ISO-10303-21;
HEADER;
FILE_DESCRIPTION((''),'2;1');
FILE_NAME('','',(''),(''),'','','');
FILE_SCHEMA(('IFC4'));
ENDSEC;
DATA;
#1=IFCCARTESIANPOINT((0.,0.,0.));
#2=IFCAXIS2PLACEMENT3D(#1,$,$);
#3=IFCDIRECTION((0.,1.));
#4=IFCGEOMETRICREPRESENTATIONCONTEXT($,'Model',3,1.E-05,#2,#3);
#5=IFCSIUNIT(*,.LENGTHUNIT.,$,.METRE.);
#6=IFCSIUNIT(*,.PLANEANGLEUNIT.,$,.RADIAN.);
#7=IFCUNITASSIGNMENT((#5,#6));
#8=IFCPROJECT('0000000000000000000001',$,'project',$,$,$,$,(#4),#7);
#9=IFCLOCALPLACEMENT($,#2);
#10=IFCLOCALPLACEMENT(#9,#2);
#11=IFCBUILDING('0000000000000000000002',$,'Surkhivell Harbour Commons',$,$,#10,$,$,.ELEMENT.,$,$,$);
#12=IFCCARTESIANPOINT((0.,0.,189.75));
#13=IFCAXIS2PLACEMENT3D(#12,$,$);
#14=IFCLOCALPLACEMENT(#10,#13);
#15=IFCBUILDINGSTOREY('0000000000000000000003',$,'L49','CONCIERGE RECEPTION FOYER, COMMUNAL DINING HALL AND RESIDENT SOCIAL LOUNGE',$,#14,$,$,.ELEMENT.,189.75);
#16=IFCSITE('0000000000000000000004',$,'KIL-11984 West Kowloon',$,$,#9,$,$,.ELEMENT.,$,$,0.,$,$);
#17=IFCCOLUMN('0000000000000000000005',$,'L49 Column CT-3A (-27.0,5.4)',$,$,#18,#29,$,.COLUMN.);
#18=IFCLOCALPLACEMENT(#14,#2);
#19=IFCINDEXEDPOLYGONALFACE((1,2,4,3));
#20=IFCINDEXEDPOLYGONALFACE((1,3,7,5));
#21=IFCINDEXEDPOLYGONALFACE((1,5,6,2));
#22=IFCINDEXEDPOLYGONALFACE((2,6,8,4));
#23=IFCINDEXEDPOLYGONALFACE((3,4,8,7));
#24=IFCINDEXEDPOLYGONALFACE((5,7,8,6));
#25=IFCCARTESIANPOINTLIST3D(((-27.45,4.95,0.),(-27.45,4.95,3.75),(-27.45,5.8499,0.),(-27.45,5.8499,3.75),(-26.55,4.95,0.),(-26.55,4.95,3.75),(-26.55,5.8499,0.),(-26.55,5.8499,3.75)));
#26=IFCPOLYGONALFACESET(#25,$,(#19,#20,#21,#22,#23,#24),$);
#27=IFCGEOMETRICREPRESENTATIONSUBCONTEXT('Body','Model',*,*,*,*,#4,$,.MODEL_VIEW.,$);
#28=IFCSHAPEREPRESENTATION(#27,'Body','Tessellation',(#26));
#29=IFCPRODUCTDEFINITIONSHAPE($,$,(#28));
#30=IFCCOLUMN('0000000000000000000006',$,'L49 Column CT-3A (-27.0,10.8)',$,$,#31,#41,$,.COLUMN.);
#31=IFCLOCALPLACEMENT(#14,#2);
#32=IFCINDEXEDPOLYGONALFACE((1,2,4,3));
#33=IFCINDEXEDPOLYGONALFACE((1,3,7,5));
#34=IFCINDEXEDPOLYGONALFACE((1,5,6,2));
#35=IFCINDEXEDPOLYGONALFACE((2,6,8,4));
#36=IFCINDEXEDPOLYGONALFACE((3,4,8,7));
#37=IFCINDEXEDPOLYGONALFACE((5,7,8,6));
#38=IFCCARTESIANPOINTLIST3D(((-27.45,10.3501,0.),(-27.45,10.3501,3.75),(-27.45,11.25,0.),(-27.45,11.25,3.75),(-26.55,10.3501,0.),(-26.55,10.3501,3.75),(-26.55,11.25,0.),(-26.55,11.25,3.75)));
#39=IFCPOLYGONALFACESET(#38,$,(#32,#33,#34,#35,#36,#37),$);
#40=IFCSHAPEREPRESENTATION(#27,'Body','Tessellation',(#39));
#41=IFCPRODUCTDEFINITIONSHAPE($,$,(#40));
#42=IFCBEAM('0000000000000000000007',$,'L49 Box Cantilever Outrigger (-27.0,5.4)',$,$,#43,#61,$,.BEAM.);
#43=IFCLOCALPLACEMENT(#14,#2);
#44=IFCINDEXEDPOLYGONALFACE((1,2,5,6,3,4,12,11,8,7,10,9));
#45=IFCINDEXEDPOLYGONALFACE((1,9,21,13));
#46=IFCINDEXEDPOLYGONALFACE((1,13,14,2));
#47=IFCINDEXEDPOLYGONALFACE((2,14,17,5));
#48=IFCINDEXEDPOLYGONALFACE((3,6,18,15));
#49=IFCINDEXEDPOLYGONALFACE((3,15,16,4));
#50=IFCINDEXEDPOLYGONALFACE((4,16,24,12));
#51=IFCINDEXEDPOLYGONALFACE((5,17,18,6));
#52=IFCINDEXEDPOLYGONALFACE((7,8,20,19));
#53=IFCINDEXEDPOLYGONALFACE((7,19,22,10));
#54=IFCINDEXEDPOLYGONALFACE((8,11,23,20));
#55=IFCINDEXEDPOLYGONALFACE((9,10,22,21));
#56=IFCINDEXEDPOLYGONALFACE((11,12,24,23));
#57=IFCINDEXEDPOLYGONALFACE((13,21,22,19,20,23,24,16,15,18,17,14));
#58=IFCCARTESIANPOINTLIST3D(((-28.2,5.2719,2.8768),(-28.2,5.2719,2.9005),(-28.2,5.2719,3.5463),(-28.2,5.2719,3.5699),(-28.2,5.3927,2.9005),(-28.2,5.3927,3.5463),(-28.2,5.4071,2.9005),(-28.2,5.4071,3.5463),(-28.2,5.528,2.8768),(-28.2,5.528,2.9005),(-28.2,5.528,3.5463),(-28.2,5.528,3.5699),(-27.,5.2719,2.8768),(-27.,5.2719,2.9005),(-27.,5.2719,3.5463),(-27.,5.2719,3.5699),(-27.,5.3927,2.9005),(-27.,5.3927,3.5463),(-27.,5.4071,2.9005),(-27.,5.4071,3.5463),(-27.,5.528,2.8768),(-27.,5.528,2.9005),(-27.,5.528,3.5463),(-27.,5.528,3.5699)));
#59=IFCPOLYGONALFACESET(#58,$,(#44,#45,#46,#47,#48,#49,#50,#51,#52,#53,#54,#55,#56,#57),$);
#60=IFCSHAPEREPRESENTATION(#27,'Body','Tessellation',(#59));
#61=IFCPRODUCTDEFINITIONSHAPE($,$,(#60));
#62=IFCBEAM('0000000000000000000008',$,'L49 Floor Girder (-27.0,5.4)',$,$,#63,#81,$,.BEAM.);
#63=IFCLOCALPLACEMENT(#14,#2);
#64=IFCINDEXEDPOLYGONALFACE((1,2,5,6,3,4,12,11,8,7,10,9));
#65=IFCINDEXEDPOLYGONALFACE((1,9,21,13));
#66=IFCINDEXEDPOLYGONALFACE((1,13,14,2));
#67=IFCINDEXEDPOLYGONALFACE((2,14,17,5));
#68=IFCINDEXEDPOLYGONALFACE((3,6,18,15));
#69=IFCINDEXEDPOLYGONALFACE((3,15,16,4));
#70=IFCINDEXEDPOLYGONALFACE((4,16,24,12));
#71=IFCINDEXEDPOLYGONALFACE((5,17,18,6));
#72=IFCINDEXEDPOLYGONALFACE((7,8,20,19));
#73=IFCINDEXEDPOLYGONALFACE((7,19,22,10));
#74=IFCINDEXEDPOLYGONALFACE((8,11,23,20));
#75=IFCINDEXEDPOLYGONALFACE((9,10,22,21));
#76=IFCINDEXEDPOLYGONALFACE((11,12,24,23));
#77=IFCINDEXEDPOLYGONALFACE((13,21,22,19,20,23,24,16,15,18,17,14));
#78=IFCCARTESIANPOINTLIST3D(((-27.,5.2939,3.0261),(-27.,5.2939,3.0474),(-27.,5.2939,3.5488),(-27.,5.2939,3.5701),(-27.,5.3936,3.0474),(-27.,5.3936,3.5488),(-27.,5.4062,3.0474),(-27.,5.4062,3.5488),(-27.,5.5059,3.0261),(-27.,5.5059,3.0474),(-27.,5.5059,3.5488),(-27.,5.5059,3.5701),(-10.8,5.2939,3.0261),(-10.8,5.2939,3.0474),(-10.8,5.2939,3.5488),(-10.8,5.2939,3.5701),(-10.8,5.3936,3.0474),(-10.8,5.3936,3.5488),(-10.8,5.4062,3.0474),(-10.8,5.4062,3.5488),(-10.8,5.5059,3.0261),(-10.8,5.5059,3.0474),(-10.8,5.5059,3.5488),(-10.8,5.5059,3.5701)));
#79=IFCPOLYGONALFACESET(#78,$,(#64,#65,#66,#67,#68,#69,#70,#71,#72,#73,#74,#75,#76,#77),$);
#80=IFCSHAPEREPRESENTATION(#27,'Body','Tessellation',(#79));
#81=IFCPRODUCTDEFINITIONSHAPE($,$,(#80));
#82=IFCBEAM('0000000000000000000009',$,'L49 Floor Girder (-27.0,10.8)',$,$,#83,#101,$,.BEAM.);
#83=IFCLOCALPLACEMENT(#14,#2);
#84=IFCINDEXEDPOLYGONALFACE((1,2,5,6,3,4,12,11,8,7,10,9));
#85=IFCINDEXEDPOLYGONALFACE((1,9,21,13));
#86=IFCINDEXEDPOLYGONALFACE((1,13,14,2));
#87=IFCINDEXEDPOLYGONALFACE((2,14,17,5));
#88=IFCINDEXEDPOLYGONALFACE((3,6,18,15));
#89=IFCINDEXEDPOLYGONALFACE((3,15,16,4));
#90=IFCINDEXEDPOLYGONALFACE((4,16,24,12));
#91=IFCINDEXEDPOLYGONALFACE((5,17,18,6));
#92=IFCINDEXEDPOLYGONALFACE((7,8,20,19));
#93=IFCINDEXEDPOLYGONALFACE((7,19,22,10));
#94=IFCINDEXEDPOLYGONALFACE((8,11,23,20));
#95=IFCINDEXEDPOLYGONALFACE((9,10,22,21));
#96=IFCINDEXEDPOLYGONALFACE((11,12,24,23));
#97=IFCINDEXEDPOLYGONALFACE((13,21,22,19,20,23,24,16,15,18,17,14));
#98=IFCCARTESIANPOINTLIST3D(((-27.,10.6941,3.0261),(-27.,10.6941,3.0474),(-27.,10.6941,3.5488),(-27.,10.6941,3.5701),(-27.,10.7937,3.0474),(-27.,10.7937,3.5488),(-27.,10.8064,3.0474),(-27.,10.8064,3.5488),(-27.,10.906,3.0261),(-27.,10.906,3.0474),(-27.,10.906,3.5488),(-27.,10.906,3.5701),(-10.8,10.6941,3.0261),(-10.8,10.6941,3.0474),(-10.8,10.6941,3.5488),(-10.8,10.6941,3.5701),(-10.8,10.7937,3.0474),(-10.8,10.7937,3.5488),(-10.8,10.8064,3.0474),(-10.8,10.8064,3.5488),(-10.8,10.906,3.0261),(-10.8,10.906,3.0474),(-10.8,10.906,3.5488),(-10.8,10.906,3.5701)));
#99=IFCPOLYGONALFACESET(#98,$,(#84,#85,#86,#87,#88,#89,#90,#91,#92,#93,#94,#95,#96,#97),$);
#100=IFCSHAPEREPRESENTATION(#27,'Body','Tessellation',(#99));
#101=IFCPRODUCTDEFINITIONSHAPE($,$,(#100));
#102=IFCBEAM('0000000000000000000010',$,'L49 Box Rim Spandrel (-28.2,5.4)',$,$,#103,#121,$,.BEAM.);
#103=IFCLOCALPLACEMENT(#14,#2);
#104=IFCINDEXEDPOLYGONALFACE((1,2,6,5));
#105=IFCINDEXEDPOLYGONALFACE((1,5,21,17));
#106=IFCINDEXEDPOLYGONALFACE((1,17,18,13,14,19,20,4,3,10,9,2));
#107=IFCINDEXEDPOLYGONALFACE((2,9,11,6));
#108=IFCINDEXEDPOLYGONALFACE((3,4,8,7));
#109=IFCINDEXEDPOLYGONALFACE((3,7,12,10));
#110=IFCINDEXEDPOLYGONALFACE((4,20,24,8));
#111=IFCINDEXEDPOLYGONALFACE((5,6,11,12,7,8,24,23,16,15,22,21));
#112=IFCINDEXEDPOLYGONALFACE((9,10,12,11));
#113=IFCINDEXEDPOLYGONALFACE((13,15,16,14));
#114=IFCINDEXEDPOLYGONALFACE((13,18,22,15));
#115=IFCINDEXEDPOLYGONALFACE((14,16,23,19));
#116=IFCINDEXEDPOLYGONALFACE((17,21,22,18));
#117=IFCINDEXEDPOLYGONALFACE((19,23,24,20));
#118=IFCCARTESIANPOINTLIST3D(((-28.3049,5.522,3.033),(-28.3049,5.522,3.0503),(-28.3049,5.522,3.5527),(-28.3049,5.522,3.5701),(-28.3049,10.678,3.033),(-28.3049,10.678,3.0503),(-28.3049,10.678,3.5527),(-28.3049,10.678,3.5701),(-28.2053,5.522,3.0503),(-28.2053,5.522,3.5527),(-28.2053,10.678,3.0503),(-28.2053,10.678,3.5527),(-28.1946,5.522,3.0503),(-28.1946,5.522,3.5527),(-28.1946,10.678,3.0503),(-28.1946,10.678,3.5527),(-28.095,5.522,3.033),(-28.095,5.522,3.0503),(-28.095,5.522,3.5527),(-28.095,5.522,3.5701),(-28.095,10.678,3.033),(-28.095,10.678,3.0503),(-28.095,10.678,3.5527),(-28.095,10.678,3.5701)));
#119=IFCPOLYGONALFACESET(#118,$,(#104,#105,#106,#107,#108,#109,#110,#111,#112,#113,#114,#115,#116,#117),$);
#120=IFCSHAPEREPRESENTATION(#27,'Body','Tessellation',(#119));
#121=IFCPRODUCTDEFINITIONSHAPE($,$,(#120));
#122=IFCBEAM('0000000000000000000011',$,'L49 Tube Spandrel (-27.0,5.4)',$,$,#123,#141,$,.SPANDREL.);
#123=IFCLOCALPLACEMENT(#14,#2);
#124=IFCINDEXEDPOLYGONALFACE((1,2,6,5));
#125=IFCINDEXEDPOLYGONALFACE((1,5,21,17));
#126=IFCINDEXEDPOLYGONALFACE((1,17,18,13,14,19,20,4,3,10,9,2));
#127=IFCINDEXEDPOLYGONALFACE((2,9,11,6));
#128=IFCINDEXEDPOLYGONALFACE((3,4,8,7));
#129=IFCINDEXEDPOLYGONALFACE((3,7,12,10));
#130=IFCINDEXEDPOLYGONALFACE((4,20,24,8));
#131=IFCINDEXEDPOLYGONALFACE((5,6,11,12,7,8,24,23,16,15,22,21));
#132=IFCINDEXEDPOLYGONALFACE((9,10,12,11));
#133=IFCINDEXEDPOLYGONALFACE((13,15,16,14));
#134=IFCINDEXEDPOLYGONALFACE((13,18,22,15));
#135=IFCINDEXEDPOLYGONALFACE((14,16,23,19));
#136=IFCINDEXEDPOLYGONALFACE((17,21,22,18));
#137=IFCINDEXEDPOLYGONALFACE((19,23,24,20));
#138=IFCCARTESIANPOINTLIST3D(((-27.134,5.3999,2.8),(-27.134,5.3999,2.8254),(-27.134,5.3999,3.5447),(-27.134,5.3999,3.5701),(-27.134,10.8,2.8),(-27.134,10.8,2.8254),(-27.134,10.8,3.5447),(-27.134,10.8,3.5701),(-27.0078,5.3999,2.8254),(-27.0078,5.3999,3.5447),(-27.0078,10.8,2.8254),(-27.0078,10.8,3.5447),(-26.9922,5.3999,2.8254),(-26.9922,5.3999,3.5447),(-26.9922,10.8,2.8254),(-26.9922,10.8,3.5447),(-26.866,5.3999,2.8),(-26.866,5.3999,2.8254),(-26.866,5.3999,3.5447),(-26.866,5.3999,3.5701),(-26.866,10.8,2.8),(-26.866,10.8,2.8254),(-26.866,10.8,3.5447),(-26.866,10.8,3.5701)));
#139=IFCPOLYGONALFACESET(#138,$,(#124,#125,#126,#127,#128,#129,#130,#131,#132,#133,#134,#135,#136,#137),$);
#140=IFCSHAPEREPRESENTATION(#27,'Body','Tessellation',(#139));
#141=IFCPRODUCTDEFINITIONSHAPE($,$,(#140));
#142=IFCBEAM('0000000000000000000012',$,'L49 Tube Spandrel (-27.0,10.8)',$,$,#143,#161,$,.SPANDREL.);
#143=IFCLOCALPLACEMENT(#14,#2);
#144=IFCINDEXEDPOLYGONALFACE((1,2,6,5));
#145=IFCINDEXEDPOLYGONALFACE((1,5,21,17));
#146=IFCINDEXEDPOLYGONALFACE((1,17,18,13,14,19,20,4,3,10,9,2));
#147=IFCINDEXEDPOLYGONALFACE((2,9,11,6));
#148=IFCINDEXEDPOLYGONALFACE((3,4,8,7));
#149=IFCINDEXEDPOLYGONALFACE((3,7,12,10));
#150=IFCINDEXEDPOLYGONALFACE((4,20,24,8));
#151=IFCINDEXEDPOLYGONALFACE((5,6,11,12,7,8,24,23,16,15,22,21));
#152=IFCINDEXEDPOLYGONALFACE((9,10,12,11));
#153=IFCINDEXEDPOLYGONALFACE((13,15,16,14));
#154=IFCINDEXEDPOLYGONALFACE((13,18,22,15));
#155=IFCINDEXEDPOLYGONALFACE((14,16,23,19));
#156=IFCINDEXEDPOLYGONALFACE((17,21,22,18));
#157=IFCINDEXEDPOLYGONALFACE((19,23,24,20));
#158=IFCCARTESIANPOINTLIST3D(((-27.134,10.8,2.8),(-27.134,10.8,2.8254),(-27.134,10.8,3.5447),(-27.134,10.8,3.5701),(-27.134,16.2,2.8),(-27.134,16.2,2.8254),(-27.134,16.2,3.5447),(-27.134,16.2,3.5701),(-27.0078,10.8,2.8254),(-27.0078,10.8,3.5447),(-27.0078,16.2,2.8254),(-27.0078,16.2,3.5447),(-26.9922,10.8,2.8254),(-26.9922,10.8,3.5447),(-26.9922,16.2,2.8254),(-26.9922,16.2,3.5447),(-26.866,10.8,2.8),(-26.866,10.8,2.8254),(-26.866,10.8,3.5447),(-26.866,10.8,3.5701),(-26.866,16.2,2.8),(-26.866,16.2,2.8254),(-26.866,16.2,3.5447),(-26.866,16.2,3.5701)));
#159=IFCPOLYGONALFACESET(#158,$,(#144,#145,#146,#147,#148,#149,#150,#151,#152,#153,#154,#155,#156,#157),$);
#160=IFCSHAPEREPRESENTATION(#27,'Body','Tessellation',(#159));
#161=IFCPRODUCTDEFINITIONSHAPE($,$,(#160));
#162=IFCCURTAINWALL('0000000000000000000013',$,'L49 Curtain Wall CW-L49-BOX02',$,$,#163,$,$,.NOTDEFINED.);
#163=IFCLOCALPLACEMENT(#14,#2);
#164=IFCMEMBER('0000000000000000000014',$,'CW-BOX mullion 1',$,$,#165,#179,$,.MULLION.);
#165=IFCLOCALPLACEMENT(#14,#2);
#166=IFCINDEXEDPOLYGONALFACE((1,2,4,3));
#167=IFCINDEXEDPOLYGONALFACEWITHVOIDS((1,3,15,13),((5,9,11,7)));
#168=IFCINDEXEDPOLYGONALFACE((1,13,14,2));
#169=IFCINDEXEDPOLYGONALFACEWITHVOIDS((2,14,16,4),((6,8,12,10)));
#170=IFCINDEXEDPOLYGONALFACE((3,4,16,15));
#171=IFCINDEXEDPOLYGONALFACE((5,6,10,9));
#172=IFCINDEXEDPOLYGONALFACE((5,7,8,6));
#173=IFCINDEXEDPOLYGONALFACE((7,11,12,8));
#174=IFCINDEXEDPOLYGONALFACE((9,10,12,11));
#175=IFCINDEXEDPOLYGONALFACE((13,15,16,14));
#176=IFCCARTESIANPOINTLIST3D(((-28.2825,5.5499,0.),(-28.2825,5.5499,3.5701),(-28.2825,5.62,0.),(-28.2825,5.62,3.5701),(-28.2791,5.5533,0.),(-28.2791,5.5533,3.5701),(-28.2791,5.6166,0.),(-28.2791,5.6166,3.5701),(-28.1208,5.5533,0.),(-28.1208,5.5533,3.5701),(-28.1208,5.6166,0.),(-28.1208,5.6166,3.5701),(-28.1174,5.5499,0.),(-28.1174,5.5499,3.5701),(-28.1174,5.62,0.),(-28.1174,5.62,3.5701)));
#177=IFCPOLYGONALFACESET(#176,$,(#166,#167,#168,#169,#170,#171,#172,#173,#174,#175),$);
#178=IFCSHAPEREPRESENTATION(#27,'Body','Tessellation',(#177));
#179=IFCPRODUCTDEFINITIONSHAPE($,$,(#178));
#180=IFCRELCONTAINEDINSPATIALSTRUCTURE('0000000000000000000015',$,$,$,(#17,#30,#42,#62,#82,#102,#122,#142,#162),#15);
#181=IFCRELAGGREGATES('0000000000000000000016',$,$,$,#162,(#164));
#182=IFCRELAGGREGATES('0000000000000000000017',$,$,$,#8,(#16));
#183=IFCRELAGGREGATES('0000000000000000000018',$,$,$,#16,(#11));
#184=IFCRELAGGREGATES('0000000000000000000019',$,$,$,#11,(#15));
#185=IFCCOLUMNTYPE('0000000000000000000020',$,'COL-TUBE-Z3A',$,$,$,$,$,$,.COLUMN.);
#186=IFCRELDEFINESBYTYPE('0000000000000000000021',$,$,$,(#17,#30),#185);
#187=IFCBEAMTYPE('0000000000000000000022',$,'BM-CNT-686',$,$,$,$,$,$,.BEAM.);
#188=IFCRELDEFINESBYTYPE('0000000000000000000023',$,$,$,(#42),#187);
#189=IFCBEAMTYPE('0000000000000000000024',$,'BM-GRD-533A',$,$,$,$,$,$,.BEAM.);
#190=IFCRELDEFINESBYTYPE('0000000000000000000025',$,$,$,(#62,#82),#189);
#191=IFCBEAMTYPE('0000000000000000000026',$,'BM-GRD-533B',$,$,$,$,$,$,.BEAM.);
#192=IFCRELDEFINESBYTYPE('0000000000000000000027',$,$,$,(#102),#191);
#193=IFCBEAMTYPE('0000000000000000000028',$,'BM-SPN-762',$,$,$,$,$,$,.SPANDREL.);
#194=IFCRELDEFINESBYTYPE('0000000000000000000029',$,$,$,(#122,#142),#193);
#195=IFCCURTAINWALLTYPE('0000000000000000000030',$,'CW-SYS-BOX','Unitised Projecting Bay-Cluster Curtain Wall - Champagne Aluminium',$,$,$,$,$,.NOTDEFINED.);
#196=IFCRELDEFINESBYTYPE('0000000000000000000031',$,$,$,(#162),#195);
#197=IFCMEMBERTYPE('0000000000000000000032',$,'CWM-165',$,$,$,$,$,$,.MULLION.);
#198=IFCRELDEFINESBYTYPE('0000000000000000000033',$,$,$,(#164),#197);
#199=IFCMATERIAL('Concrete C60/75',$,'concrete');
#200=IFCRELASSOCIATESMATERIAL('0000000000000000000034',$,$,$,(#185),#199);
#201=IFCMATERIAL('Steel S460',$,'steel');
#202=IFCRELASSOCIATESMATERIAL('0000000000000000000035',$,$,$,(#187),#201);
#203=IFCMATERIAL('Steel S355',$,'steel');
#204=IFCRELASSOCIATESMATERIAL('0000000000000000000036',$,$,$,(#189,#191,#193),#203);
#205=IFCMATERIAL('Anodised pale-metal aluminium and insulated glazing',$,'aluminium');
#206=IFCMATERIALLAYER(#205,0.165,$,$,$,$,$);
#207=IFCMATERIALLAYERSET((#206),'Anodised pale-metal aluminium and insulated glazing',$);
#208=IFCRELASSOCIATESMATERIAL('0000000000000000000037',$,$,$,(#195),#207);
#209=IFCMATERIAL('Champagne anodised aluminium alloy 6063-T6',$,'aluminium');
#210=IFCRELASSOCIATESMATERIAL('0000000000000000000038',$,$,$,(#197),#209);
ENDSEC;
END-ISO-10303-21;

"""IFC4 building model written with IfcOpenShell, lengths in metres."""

from ifc_helpers import new_model, si_unit, direction, frame, origin, origin_2d, place, context, subcontext, project, spatial, rectangle, hollow_rectangle, i_section, extrude, material, layer, layer_set, material_profile, profile_set, type_object, element, aggregate, save


model = new_model("IFC4")

# Units and contexts
model_context = context("Model", 3, precision=1e-05, world=origin(), true_north=direction((0.0, 1.0)))
body_context = subcontext(model_context, "Body", "Model", "MODEL_VIEW")
ifc_project = project(units=[si_unit("LENGTHUNIT", "METRE"), si_unit("PLANEANGLEUNIT", "RADIAN")], contexts=[model_context])

# Site, building, storey
site_placement = place(None, origin())
site = spatial("IfcSite", under=ifc_project, at=site_placement, Name="KIL-11984 West Kowloon", CompositionType="ELEMENT", RefElevation=0.0)
building_placement = place(site_placement, origin())
building = spatial("IfcBuilding", under=site, at=building_placement, Name="Surkhivell Harbour Commons", CompositionType="ELEMENT")
storey_placement = place(building_placement, frame((0.0, 0.0, 189.75)))
storey = spatial("IfcBuildingStorey", under=building, at=storey_placement, Name="L49", Description="CONCIERGE RECEPTION FOYER, COMMUNAL DINING HALL AND RESIDENT SOCIAL LOUNGE", CompositionType="ELEMENT", Elevation=189.75)

# Columns
ifc_material_1 = material(Name="Concrete C60/75", Category="concrete")
ifc_material_profile_1 = material_profile(ifc_material_1, rectangle(XDim=0.8999, YDim=0.8999, at=origin_2d()), Name="RC-COL-900x900")
ifc_profile_set_1 = profile_set([ifc_material_profile_1], Name="Concrete C60/75")
column_type = type_object("IfcColumnType", Name="COL-TUBE-Z3A", PredefinedType="COLUMN", material=ifc_profile_set_1)
for number, where, z_axis, x_axis, name in (
    (1, (-27.0, 5.3999, 0.0), (0.0, 0.0, 1.0), (1.0, 0.0, 0.0), "L49 Column CT-3A (-27.0,5.4)"),
    (2, (-27.0, 10.8, 0.0), (0.0, 0.0, 1.0), (1.0, 0.0, 0.0), "L49 Column CT-3A (-27.0,10.8)"),
):
    element("IfcColumn", number, at=place(storey_placement, frame(where, z_axis=z_axis, x_axis=x_axis)), inside=storey, type_object=column_type, Name=name, PredefinedType="COLUMN", context=body_context, shape_type="SweptSolid", body=[
        extrude(rectangle(XDim=0.8999, YDim=0.8999, at=origin_2d()), origin(), (0.0, 0.0, 1.0), 3.75),
    ])

# Beams
ifc_material_2 = material(Name="Steel S460", Category="steel")
ifc_material_profile_2 = material_profile(ifc_material_2, i_section(OverallWidth=0.2561, OverallDepth=0.6931, WebThickness=0.0144, FlangeThickness=0.0237, at=origin_2d()), Name="UB686x254x170")
ifc_profile_set_2 = profile_set([ifc_material_profile_2], Name="Steel S460")
beam_type_1 = type_object("IfcBeamType", Name="BM-CNT-686", PredefinedType="BEAM", material=ifc_profile_set_2)
beam_1_placement = place(storey_placement, frame((-27.0, 5.3999, 3.2234), z_axis=(-1.0, 0.0, 0.0), x_axis=(0.0, -1.0, 0.0)))
element("IfcBeam", 3, at=beam_1_placement, inside=storey, type_object=beam_type_1, Name="L49 Box Cantilever Outrigger (-27.0,5.4)", PredefinedType="BEAM", context=body_context, shape_type="SweptSolid", body=[
    extrude(i_section(OverallWidth=0.2561, OverallDepth=0.6931, WebThickness=0.0144, FlangeThickness=0.0237, at=origin_2d()), origin(), (0.0, 0.0, 1.0), 1.2),
])
ifc_material_3 = material(Name="Steel S355", Category="steel")
ifc_material_profile_3 = material_profile(ifc_material_3, i_section(OverallWidth=0.2119, OverallDepth=0.5439, WebThickness=0.0127, FlangeThickness=0.0212, at=origin_2d()), Name="UB533x210x122")
ifc_profile_set_3 = profile_set([ifc_material_profile_3], Name="Steel S355")
beam_type_2 = type_object("IfcBeamType", Name="BM-GRD-533A", PredefinedType="BEAM", material=ifc_profile_set_3)
for number, where, z_axis, x_axis, name in (
    (4, (-27.0, 5.3999, 3.2981), (1.0, 0.0, 0.0), (0.0, 1.0, 0.0), "L49 Floor Girder (-27.0,5.4)"),
    (5, (-27.0, 10.8, 3.2981), (1.0, 0.0, 0.0), (0.0, 1.0, 0.0), "L49 Floor Girder (-27.0,10.8)"),
):
    element("IfcBeam", number, at=place(storey_placement, frame(where, z_axis=z_axis, x_axis=x_axis)), inside=storey, type_object=beam_type_2, Name=name, PredefinedType="BEAM", context=body_context, shape_type="SweptSolid", body=[
        extrude(i_section(OverallWidth=0.2119, OverallDepth=0.5439, WebThickness=0.0127, FlangeThickness=0.0212, at=origin_2d()), origin(), (0.0, 0.0, 1.0), 16.2),
    ])
ifc_material_profile_4 = material_profile(ifc_material_3, i_section(OverallWidth=0.21, OverallDepth=0.5371, WebThickness=0.0107, FlangeThickness=0.0173, at=origin_2d()), Name="UB533x210x101")
ifc_profile_set_4 = profile_set([ifc_material_profile_4], Name="Steel S355")
beam_type_3 = type_object("IfcBeamType", Name="BM-GRD-533B", PredefinedType="BEAM", material=ifc_profile_set_4)
beam_2_placement = place(storey_placement, frame((-28.2, 5.522, 3.3015), z_axis=(0.0, 1.0, 0.0), x_axis=(-1.0, 0.0, 0.0)))
element("IfcBeam", 6, at=beam_2_placement, inside=storey, type_object=beam_type_3, Name="L49 Box Rim Spandrel (-28.2,5.4)", PredefinedType="BEAM", context=body_context, shape_type="SweptSolid", body=[
    extrude(i_section(OverallWidth=0.21, OverallDepth=0.5371, WebThickness=0.0107, FlangeThickness=0.0173, at=origin_2d()), origin(), (0.0, 0.0, 1.0), 5.156),
])
ifc_material_profile_5 = material_profile(ifc_material_3, i_section(OverallWidth=0.2681, OverallDepth=0.77, WebThickness=0.0156, FlangeThickness=0.0254, at=origin_2d()), Name="UB762x267x197")
ifc_profile_set_5 = profile_set([ifc_material_profile_5], Name="Steel S355")
beam_type_4 = type_object("IfcBeamType", Name="BM-SPN-762", PredefinedType="SPANDREL", material=ifc_profile_set_5)
beam_3_placement = place(storey_placement, frame((-27.0, 5.3999, 3.1851), z_axis=(0.0, 1.0, 0.0), x_axis=(-1.0, 0.0, 0.0)))
element("IfcBeam", 7, at=beam_3_placement, inside=storey, type_object=beam_type_4, Name="L49 Tube Spandrel (-27.0,5.4)", PredefinedType="SPANDREL", context=body_context, shape_type="SweptSolid", body=[
    extrude(i_section(OverallWidth=0.2681, OverallDepth=0.77, WebThickness=0.0156, FlangeThickness=0.0254, at=origin_2d()), origin(), (0.0, 0.0, 1.0), 5.4001),
])
beam_4_placement = place(storey_placement, frame((-27.0, 10.8, 3.1851), z_axis=(0.0, 1.0, 0.0), x_axis=(-1.0, 0.0, 0.0)))
element("IfcBeam", 8, at=beam_4_placement, inside=storey, type_object=beam_type_4, Name="L49 Tube Spandrel (-27.0,10.8)", PredefinedType="SPANDREL", context=body_context, shape_type="SweptSolid", body=[
    extrude(i_section(OverallWidth=0.2681, OverallDepth=0.77, WebThickness=0.0156, FlangeThickness=0.0254, at=origin_2d()), origin(), (0.0, 0.0, 1.0), 5.3999),
])

# Curtain wall, member
ifc_material_4 = material(Name="Anodised pale-metal aluminium and insulated glazing", Category="aluminium")
ifc_layer_1 = layer(ifc_material_4, 0.165)
ifc_layer_set_1 = layer_set([ifc_layer_1], Name="Anodised pale-metal aluminium and insulated glazing")
curtain_wall_type_1 = type_object("IfcCurtainWallType", Name="CW-SYS-BOX", Description="Unitised Projecting Bay-Cluster Curtain Wall - Champagne Aluminium", PredefinedType="NOTDEFINED", material=ifc_layer_set_1)
curtain_wall_1_placement = place(storey_placement, origin())
curtain_wall_1 = element("IfcCurtainWall", 9, at=curtain_wall_1_placement, inside=storey, type_object=curtain_wall_type_1, Name="L49 Curtain Wall CW-L49-BOX02", PredefinedType="NOTDEFINED")
ifc_material_5 = material(Name="Champagne anodised aluminium alloy 6063-T6", Category="aluminium")
ifc_material_profile_6 = material_profile(ifc_material_5, hollow_rectangle(XDim=0.0701, YDim=0.165, WallThickness=0.0034, at=origin_2d()), Name="ALU-MULL-70x165")
ifc_profile_set_6 = profile_set([ifc_material_profile_6], Name="Champagne anodised aluminium alloy 6063-T6")
member_type_1 = type_object("IfcMemberType", Name="CWM-165", PredefinedType="MULLION", material=ifc_profile_set_6)
member_1_placement = place(storey_placement, frame((-28.2, 5.585, 0.0), z_axis=(0.0, 0.0, 1.0), x_axis=(0.0, 1.0, 0.0)))
member_1 = element("IfcMember", 10, at=member_1_placement, type_object=member_type_1, Name="CW-BOX mullion 1", PredefinedType="MULLION", context=body_context, shape_type="SweptSolid", body=[
    extrude(hollow_rectangle(XDim=0.0701, YDim=0.165, WallThickness=0.0034, at=origin_2d()), origin(), (0.0, 0.0, 1.0), 3.5701),
])

aggregate(curtain_wall_1, [member_1])

save(model, "model.ifc")
